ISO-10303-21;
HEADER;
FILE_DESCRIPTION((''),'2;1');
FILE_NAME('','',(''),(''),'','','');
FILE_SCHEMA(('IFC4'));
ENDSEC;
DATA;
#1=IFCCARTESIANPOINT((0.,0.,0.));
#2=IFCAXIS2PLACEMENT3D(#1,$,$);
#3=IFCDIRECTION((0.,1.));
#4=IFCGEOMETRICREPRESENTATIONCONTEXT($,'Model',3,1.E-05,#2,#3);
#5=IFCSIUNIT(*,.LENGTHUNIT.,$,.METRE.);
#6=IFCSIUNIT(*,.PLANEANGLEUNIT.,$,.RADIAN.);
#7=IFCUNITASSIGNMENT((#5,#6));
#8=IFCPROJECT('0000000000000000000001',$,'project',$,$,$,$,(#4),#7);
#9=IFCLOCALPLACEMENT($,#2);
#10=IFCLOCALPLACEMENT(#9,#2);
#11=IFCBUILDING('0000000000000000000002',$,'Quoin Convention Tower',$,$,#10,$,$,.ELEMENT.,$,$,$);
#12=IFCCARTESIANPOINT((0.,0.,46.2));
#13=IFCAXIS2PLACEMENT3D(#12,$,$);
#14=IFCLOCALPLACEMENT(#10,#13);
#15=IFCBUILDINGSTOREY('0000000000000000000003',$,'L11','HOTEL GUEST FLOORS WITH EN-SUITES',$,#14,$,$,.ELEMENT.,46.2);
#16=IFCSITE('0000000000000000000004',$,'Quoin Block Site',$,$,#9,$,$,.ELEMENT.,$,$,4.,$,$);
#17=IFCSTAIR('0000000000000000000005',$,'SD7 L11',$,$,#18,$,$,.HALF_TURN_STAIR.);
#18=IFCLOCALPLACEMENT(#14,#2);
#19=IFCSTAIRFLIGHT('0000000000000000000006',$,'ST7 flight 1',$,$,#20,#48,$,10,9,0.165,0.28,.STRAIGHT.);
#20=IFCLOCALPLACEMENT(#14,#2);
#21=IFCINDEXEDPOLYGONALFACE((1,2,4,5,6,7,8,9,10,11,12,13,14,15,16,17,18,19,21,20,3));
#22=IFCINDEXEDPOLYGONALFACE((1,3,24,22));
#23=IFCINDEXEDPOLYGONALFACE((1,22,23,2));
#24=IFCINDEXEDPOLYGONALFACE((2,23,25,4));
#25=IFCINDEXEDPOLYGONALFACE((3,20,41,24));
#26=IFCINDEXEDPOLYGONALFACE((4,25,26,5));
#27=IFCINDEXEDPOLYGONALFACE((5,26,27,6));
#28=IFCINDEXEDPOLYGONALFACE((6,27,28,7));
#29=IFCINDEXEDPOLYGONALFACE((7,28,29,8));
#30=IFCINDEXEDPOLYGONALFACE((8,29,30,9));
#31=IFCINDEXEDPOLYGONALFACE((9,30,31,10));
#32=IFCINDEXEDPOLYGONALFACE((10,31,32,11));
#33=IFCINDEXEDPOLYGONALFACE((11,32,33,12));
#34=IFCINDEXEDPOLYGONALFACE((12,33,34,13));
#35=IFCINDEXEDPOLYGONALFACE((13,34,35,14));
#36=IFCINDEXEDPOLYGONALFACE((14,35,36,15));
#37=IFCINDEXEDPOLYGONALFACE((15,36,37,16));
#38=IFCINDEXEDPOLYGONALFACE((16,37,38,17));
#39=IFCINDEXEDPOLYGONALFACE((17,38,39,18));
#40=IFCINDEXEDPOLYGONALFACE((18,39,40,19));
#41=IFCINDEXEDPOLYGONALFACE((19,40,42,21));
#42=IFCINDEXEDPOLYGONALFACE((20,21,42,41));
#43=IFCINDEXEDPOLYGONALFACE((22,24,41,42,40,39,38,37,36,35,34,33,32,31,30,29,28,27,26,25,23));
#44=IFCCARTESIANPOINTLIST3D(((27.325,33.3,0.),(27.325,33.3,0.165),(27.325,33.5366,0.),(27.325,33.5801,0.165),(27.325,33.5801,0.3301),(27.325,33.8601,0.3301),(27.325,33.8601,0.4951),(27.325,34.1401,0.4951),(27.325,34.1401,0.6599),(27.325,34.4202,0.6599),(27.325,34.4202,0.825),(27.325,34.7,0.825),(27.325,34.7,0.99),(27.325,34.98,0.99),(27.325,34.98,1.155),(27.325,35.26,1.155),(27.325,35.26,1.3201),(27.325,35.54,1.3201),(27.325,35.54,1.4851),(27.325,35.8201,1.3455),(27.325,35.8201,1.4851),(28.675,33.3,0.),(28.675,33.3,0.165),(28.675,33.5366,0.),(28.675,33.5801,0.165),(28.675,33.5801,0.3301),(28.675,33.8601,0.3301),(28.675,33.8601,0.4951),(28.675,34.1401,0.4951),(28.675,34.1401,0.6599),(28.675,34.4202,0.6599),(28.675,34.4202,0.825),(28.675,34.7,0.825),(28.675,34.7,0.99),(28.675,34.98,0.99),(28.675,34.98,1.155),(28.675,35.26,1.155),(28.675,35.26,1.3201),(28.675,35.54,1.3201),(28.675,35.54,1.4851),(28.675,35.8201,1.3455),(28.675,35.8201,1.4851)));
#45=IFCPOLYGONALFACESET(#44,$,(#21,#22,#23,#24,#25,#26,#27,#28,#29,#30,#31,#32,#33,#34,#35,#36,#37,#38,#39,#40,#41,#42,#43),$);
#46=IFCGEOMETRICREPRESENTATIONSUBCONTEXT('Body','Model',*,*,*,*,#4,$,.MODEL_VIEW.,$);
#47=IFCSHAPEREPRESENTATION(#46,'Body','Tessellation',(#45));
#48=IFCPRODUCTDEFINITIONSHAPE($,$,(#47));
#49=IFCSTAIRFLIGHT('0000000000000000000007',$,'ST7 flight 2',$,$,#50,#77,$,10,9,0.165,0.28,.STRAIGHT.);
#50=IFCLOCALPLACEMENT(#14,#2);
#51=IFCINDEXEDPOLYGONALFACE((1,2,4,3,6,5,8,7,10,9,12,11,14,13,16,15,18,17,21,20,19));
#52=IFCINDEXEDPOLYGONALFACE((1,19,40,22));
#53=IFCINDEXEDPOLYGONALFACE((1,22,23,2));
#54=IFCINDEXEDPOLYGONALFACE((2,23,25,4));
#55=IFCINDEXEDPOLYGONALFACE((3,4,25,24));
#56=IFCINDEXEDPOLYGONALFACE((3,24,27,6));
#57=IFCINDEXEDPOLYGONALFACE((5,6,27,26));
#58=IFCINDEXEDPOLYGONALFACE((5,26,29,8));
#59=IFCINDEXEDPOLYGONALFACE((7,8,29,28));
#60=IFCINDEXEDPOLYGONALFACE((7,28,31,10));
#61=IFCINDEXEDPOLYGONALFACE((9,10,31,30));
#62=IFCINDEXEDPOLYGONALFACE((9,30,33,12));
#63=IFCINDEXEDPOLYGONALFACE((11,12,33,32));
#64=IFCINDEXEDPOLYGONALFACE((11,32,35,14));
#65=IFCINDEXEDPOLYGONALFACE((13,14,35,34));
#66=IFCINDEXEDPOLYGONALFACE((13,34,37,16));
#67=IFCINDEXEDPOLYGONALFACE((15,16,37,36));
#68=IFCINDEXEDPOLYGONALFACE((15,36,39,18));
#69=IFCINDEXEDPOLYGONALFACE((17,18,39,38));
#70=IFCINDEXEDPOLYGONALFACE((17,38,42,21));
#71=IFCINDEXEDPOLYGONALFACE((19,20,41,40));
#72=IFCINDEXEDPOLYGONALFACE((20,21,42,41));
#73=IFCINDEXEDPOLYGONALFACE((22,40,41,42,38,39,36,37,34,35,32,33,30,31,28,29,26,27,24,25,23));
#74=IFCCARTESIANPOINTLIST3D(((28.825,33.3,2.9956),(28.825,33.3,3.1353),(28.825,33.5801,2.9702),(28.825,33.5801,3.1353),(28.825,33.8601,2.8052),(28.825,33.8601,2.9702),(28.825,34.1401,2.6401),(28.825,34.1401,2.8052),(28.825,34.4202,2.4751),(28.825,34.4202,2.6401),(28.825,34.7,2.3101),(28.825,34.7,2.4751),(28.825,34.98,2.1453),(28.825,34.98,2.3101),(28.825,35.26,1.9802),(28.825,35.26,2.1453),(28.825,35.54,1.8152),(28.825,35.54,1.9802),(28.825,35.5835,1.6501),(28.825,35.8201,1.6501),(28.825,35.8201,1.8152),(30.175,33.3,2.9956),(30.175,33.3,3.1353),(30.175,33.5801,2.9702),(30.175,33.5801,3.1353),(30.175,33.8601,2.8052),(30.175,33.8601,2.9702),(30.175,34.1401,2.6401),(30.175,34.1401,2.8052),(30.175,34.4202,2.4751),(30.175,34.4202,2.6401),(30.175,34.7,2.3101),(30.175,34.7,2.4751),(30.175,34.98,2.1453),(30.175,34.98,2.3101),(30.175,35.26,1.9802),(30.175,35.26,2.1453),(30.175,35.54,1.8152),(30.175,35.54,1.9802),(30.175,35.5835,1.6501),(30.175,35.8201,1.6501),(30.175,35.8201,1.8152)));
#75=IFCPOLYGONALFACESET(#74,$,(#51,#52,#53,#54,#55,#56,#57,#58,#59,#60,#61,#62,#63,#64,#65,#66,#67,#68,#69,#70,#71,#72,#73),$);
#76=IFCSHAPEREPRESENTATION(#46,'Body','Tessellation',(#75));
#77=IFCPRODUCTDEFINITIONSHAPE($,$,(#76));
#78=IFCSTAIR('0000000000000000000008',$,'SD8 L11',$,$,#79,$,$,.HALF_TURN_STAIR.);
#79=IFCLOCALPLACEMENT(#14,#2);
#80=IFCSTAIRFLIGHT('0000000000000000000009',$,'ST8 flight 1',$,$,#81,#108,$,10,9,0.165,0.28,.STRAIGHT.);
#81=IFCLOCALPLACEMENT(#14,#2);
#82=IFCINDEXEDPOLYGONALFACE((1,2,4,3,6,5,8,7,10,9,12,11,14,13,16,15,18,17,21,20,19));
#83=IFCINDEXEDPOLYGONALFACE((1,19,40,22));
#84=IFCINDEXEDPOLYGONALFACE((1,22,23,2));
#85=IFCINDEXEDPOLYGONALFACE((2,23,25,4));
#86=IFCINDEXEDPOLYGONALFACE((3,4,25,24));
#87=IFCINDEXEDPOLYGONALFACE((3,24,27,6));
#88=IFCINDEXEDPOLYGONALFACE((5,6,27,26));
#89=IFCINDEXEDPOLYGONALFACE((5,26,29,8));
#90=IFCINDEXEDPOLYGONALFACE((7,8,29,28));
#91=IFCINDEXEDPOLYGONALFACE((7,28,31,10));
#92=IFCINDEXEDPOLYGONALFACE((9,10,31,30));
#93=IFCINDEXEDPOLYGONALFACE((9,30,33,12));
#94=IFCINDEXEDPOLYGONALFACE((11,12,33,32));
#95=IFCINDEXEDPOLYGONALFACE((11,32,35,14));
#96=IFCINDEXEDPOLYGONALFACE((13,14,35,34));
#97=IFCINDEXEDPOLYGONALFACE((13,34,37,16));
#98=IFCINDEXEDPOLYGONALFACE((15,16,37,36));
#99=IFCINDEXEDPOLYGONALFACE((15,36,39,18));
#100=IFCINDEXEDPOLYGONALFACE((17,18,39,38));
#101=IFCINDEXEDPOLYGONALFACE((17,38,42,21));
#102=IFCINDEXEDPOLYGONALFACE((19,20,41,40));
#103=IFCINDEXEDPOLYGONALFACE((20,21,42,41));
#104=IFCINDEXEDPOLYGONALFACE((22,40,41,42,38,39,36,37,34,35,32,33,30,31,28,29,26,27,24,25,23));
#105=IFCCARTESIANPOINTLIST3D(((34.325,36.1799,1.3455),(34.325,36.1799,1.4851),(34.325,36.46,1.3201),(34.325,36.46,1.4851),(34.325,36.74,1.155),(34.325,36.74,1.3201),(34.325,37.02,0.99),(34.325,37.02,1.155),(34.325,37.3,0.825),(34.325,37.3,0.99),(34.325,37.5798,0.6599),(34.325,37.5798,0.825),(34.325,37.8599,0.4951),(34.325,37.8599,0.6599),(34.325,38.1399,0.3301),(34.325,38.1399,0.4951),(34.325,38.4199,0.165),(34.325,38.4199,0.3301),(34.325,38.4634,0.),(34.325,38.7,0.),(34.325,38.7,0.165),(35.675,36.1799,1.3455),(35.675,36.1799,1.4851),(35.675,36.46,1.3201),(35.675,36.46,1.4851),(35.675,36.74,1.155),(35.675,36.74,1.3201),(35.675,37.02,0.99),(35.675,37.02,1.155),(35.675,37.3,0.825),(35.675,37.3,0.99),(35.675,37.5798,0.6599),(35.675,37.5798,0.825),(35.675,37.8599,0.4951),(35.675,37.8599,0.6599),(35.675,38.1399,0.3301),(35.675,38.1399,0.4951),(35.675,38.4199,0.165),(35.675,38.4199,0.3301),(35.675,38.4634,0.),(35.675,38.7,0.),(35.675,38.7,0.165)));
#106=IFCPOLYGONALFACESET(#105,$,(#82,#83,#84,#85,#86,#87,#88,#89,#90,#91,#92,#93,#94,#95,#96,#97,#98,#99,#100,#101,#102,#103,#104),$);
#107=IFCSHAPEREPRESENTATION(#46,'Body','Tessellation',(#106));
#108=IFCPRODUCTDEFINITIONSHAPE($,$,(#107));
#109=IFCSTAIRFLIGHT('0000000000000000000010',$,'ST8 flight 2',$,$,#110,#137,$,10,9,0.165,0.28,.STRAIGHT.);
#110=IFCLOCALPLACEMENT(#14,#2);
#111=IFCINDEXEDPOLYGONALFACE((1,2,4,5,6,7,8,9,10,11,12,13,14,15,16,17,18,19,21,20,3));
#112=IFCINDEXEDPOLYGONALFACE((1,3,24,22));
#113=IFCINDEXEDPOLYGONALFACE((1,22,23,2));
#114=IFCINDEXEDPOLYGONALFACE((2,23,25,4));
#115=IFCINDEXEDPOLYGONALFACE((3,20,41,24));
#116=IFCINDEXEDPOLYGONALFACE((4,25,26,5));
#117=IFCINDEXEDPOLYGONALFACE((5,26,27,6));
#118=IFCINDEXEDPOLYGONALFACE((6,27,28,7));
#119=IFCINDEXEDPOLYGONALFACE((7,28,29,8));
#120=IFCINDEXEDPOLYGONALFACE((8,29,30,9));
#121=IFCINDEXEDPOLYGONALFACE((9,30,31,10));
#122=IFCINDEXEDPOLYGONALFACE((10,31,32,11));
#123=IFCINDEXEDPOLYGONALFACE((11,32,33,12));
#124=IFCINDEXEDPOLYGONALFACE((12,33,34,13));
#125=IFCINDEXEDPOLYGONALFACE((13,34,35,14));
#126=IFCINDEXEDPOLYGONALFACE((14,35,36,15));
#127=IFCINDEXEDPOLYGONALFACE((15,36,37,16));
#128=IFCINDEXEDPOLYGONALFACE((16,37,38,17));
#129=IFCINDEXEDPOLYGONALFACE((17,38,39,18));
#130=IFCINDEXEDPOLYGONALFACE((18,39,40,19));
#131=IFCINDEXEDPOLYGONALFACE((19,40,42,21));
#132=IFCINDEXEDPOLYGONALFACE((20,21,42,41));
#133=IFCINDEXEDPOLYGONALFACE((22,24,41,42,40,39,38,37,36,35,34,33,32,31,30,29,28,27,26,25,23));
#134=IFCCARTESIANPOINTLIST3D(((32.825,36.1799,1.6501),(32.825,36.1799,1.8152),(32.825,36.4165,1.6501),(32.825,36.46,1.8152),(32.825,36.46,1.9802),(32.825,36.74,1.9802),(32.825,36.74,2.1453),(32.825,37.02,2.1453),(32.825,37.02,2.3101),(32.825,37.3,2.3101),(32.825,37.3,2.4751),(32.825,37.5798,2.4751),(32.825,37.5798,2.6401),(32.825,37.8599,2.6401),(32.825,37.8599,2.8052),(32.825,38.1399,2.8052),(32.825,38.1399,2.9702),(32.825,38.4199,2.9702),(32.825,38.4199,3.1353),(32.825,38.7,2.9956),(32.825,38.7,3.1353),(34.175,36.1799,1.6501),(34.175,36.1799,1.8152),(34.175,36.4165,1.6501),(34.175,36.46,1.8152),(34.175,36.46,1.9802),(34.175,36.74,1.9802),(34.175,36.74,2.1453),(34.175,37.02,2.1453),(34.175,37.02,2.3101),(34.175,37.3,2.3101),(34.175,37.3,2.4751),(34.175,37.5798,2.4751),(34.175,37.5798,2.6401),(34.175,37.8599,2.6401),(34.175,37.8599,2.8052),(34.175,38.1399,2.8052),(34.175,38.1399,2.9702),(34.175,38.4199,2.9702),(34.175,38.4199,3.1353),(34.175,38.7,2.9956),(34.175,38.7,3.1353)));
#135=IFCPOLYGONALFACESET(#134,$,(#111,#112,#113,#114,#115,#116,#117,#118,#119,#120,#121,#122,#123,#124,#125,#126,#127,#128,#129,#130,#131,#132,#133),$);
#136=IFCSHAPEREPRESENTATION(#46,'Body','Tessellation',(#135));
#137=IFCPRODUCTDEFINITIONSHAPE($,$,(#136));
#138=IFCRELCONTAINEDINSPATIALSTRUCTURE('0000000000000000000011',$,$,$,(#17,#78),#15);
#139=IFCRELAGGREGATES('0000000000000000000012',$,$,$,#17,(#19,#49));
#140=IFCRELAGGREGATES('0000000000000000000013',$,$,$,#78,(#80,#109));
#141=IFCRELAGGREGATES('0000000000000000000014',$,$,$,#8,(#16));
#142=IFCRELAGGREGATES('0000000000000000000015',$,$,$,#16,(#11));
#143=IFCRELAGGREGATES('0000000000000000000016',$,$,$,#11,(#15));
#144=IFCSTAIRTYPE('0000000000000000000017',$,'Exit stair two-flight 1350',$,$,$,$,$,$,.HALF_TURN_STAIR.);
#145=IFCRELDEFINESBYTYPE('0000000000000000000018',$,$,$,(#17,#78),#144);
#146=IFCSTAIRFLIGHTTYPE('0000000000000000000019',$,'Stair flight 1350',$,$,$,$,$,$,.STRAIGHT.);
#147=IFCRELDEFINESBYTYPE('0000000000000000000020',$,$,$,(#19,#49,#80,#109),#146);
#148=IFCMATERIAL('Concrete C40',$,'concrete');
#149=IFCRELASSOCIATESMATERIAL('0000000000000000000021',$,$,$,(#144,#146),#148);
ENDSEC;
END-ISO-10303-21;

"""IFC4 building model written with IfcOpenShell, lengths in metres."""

from ifc_helpers import new_model, si_unit, direction, frame, origin, place, context, subcontext, project, spatial, polyline, outline, extrude, material, type_object, element, aggregate, save


model = new_model("IFC4")

# Units and contexts
model_context = context("Model", 3, precision=1e-05, world=origin(), true_north=direction((0.0, 1.0)))
body_context = subcontext(model_context, "Body", "Model", "MODEL_VIEW")
ifc_project = project(units=[si_unit("LENGTHUNIT", "METRE"), si_unit("PLANEANGLEUNIT", "RADIAN")], contexts=[model_context])

# Site, building, storey
site_placement = place(None, origin())
site = spatial("IfcSite", under=ifc_project, at=site_placement, Name="Quoin Block Site", CompositionType="ELEMENT", RefElevation=4.0)
building_placement = place(site_placement, origin())
building = spatial("IfcBuilding", under=site, at=building_placement, Name="Quoin Convention Tower", CompositionType="ELEMENT")
storey_placement = place(building_placement, frame((0.0, 0.0, 46.2)))
storey = spatial("IfcBuildingStorey", under=building, at=storey_placement, Name="L11", Description="HOTEL GUEST FLOORS WITH EN-SUITES", CompositionType="ELEMENT", Elevation=46.2)

# Shared definitions
ifc_material_1 = material(Name="Concrete C40", Category="concrete")
stair_type = type_object("IfcStairType", Name="Exit stair two-flight 1350", PredefinedType="HALF_TURN_STAIR", material=ifc_material_1)
stair_flight_type = type_object("IfcStairFlightType", Name="Stair flight 1350", PredefinedType="STRAIGHT", material=ifc_material_1)

# Stairs, stair flights
stair_1_placement = place(storey_placement, origin())
stair_1 = element("IfcStair", 1, at=stair_1_placement, inside=storey, type_object=stair_type, Name="SD7 L11", PredefinedType="HALF_TURN_STAIR")
stair_flight_1_placement = place(storey_placement, frame((28.0, 33.3, 0.0), z_axis=(0.0, 0.0, 1.0), x_axis=(0.0, 1.0, 0.0)))
stair_flight_1 = element("IfcStairFlight", 2, at=stair_flight_1_placement, type_object=stair_flight_type, Name="ST7 flight 1", NumberOfRisers=10, NumberOfTreads=9, PredefinedType="STRAIGHT", RiserHeight=0.165, TreadLength=0.28, context=body_context, shape_type="SweptSolid", body=[
    extrude(outline(polyline([(0.0, 0.0), (0.0, 0.165), (0.28, 0.165), (0.28, 0.3301), (0.5601, 0.3301), (0.5601, 0.4951), (0.8401, 0.4951), (0.8401, 0.6599), (1.1201, 0.6599), (1.1201, 0.825), (1.3999, 0.825), (1.3999, 0.99), (1.6799, 0.99), (1.6799, 1.155), (1.96, 1.155), (1.96, 1.3201), (2.24, 1.3201), (2.24, 1.4851), (2.52, 1.4851), (2.52, 1.6499), (2.52, 1.3455), (0.2366, 0.0), (0.0, 0.0)])), frame((0.0, 0.675, 0.0), z_axis=(0.0, -1.0, 0.0), x_axis=(1.0, 0.0, 0.0)), (0.0, 0.0, 1.0), 1.3501),
])
stair_flight_2_placement = place(storey_placement, frame((29.5, 35.8201, 1.6501), z_axis=(0.0, 0.0, 1.0), x_axis=(0.0, -1.0, 0.0)))
stair_flight_2 = element("IfcStairFlight", 3, at=stair_flight_2_placement, type_object=stair_flight_type, Name="ST7 flight 2", NumberOfRisers=10, NumberOfTreads=9, PredefinedType="STRAIGHT", RiserHeight=0.165, TreadLength=0.28, context=body_context, shape_type="SweptSolid", body=[
    extrude(outline(polyline([(0.0, 0.0), (0.0, 0.165), (0.28, 0.165), (0.28, 0.3301), (0.5601, 0.3301), (0.5601, 0.4951), (0.8401, 0.4951), (0.8401, 0.6599), (1.1201, 0.6599), (1.1201, 0.825), (1.3999, 0.825), (1.3999, 0.99), (1.6799, 0.99), (1.6799, 1.155), (1.96, 1.155), (1.96, 1.3201), (2.24, 1.3201), (2.24, 1.4851), (2.52, 1.4851), (2.52, 1.6499), (2.52, 1.3455), (0.2366, 0.0), (0.0, 0.0)])), frame((0.0, 0.675, 0.0), z_axis=(0.0, -1.0, 0.0), x_axis=(1.0, 0.0, 0.0)), (0.0, 0.0, 1.0), 1.3501),
])
aggregate(stair_1, [stair_flight_1, stair_flight_2])
stair_2_placement = place(storey_placement, origin())
stair_2 = element("IfcStair", 4, at=stair_2_placement, inside=storey, type_object=stair_type, Name="SD8 L11", PredefinedType="HALF_TURN_STAIR")
stair_flight_3_placement = place(storey_placement, frame((35.0, 38.7, 0.0), z_axis=(0.0, 0.0, 1.0), x_axis=(0.0, -1.0, 0.0)))
stair_flight_3 = element("IfcStairFlight", 5, at=stair_flight_3_placement, type_object=stair_flight_type, Name="ST8 flight 1", NumberOfRisers=10, NumberOfTreads=9, PredefinedType="STRAIGHT", RiserHeight=0.165, TreadLength=0.28, context=body_context, shape_type="SweptSolid", body=[
    extrude(outline(polyline([(0.0, 0.0), (0.0, 0.165), (0.28, 0.165), (0.28, 0.3301), (0.5601, 0.3301), (0.5601, 0.4951), (0.8401, 0.4951), (0.8401, 0.6599), (1.1201, 0.6599), (1.1201, 0.825), (1.3999, 0.825), (1.3999, 0.99), (1.6799, 0.99), (1.6799, 1.155), (1.96, 1.155), (1.96, 1.3201), (2.24, 1.3201), (2.24, 1.4851), (2.52, 1.4851), (2.52, 1.6499), (2.52, 1.3455), (0.2366, 0.0), (0.0, 0.0)])), frame((0.0, 0.675, 0.0), z_axis=(0.0, -1.0, 0.0), x_axis=(1.0, 0.0, 0.0)), (0.0, 0.0, 1.0), 1.3501),
])
stair_flight_4_placement = place(storey_placement, frame((33.5, 36.1799, 1.6501), z_axis=(0.0, 0.0, 1.0), x_axis=(0.0, 1.0, 0.0)))
stair_flight_4 = element("IfcStairFlight", 6, at=stair_flight_4_placement, type_object=stair_flight_type, Name="ST8 flight 2", NumberOfRisers=10, NumberOfTreads=9, PredefinedType="STRAIGHT", RiserHeight=0.165, TreadLength=0.28, context=body_context, shape_type="SweptSolid", body=[
    extrude(outline(polyline([(0.0, 0.0), (0.0, 0.165), (0.28, 0.165), (0.28, 0.3301), (0.5601, 0.3301), (0.5601, 0.4951), (0.8401, 0.4951), (0.8401, 0.6599), (1.1201, 0.6599), (1.1201, 0.825), (1.3999, 0.825), (1.3999, 0.99), (1.6799, 0.99), (1.6799, 1.155), (1.96, 1.155), (1.96, 1.3201), (2.24, 1.3201), (2.24, 1.4851), (2.52, 1.4851), (2.52, 1.6499), (2.52, 1.3455), (0.2366, 0.0), (0.0, 0.0)])), frame((0.0, 0.675, 0.0), z_axis=(0.0, -1.0, 0.0), x_axis=(1.0, 0.0, 0.0)), (0.0, 0.0, 1.0), 1.3501),
])
aggregate(stair_2, [stair_flight_3, stair_flight_4])

save(model, "model.ifc")
